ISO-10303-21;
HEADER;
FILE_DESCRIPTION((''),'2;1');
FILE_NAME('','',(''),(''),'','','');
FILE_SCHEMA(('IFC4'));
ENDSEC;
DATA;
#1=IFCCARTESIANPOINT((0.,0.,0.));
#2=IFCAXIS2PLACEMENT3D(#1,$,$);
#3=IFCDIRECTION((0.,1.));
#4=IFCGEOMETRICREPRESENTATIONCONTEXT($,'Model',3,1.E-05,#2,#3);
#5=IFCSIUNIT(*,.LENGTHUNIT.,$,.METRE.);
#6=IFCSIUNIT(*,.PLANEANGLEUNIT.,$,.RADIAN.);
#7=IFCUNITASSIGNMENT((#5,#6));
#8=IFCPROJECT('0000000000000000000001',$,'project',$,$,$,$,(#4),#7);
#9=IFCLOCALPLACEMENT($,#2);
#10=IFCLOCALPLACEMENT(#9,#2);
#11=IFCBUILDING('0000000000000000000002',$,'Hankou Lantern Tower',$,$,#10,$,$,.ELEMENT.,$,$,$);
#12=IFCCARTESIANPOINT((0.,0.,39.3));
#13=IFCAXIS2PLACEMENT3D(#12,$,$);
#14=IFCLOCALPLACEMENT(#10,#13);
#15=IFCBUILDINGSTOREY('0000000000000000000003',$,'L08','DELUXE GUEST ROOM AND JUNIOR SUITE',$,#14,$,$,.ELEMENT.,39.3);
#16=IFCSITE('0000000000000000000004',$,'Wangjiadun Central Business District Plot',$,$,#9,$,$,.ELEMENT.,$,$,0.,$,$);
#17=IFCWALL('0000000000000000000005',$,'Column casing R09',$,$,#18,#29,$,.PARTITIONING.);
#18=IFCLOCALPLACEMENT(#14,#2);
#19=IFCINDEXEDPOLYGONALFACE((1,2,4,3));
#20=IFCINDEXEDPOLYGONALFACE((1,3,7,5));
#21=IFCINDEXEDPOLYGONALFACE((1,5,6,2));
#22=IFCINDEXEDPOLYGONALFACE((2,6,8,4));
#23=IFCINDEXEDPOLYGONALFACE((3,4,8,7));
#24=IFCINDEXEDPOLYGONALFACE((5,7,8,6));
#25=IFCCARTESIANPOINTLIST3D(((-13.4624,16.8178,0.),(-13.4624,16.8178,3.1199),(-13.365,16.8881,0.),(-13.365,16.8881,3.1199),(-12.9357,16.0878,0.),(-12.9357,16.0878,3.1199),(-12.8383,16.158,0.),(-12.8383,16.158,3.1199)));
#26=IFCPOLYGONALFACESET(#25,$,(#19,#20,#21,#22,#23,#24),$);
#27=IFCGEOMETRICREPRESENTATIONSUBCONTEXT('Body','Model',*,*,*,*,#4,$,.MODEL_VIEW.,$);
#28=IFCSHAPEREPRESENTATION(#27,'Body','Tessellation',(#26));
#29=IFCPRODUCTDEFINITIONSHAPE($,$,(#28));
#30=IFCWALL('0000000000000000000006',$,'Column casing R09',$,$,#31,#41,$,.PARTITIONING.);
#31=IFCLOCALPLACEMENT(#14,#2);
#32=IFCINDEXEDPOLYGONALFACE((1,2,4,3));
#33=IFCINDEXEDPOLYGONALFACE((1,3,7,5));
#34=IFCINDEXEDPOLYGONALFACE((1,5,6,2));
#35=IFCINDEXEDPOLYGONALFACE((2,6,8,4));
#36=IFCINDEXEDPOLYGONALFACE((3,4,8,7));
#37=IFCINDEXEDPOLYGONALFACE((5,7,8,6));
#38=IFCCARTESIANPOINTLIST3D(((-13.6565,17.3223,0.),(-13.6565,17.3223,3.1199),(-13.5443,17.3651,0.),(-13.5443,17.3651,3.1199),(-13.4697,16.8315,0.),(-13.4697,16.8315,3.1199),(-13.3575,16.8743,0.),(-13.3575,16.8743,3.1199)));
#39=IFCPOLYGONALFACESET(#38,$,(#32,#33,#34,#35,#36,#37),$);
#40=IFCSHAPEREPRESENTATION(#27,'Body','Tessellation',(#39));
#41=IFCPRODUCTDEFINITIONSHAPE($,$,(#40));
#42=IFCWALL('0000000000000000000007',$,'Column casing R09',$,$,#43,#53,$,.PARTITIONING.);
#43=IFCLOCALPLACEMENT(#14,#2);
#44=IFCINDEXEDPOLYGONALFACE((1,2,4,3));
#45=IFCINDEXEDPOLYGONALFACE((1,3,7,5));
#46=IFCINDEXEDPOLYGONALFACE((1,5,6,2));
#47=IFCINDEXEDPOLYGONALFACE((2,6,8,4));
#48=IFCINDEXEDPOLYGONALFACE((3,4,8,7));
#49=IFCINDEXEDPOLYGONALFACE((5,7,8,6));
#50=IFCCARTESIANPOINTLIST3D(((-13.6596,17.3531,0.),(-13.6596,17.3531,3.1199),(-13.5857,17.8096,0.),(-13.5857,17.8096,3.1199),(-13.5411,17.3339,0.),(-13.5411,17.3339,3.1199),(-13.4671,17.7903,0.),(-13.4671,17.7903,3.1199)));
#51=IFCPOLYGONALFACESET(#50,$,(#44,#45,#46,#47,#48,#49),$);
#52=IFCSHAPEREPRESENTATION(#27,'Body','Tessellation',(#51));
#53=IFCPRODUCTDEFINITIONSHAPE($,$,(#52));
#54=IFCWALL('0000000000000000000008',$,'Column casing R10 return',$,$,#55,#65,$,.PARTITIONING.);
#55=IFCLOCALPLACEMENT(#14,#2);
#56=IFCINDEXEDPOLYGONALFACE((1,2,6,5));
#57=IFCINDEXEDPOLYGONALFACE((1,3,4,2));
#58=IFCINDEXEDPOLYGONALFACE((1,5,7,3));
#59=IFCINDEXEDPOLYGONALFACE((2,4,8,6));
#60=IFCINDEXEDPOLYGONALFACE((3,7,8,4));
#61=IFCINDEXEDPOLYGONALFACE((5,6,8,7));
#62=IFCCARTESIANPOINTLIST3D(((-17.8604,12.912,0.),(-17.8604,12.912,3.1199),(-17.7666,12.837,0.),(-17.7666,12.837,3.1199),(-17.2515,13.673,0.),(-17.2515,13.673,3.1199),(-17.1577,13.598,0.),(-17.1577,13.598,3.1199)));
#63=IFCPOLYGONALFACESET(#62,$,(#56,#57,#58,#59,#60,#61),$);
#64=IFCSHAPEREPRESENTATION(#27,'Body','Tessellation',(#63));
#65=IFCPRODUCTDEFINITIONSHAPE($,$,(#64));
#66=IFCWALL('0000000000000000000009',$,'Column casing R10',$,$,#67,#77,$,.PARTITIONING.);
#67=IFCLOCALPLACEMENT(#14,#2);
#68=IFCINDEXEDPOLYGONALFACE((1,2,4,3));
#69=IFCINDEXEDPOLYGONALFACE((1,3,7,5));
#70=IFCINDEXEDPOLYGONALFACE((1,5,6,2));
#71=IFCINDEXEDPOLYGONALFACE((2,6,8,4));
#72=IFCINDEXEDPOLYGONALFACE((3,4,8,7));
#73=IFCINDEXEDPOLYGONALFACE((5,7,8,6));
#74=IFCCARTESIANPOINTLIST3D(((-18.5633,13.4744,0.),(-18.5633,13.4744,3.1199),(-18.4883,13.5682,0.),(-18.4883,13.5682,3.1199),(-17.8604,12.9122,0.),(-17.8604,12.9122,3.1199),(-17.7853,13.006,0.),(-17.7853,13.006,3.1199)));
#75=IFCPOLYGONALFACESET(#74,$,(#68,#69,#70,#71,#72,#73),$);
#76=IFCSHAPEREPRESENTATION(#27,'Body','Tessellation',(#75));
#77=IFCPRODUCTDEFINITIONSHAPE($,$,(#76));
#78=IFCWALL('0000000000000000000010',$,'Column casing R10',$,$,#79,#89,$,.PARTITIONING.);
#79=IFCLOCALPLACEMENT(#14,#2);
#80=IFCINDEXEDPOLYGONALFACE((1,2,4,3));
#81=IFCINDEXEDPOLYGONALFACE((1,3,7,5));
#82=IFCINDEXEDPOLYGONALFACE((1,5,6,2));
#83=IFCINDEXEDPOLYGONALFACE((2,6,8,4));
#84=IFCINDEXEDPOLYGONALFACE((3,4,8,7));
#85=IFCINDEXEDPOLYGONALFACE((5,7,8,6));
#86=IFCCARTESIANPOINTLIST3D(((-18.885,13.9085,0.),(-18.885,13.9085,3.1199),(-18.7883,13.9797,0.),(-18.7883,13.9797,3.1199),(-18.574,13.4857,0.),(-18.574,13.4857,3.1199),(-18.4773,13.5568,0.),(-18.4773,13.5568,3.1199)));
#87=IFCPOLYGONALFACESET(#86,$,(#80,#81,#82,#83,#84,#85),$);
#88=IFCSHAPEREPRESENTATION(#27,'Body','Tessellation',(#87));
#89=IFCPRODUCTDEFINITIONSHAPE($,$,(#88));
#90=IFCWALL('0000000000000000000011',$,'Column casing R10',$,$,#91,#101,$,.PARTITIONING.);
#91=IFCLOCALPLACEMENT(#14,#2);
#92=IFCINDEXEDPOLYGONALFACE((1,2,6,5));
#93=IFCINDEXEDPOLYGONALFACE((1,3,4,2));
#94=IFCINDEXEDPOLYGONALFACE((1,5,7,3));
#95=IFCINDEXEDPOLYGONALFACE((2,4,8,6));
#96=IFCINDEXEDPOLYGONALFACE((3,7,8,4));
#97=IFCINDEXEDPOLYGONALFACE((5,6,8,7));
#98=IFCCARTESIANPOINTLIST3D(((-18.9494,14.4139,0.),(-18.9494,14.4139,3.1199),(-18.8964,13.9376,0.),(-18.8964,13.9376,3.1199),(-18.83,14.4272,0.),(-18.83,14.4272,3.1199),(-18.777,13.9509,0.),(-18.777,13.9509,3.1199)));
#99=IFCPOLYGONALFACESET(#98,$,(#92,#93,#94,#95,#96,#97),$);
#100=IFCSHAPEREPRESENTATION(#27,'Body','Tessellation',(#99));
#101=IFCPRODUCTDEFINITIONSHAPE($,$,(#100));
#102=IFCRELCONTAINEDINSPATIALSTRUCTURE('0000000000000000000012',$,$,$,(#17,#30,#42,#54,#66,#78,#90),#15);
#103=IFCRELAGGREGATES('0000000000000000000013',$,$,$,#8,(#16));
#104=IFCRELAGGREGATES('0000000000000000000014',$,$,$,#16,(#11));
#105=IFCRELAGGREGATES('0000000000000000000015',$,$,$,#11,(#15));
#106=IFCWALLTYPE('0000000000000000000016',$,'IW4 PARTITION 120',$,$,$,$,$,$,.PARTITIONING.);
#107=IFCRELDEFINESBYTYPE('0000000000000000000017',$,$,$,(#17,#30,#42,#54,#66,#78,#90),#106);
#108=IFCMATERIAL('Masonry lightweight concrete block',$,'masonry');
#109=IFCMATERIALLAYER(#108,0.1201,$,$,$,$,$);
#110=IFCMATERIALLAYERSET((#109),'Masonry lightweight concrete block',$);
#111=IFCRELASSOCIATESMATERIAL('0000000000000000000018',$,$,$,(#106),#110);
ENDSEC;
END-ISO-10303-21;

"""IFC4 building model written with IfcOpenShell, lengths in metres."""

from ifc_helpers import new_model, si_unit, direction, frame, frame_2d, origin, place, context, subcontext, project, spatial, rectangle, extrude, material, layer, layer_set, type_object, element, save


model = new_model("IFC4")

# Units and contexts
model_context = context("Model", 3, precision=1e-05, world=origin(), true_north=direction((0.0, 1.0)))
body_context = subcontext(model_context, "Body", "Model", "MODEL_VIEW")
ifc_project = project(units=[si_unit("LENGTHUNIT", "METRE"), si_unit("PLANEANGLEUNIT", "RADIAN")], contexts=[model_context])

# Site, building, storey
site_placement = place(None, origin())
site = spatial("IfcSite", under=ifc_project, at=site_placement, Name="Wangjiadun Central Business District Plot", CompositionType="ELEMENT", RefElevation=0.0)
building_placement = place(site_placement, origin())
building = spatial("IfcBuilding", under=site, at=building_placement, Name="Hankou Lantern Tower", CompositionType="ELEMENT")
storey_placement = place(building_placement, frame((0.0, 0.0, 39.3)))
storey = spatial("IfcBuildingStorey", under=building, at=storey_placement, Name="L08", Description="DELUXE GUEST ROOM AND JUNIOR SUITE", CompositionType="ELEMENT", Elevation=39.3)

# Walls
ifc_material_1 = material(Name="Masonry lightweight concrete block", Category="masonry")
ifc_layer_1 = layer(ifc_material_1, 0.1201)
ifc_layer_set_1 = layer_set([ifc_layer_1], Name="Masonry lightweight concrete block")
wall_type_1 = type_object("IfcWallType", Name="IW4 PARTITION 120", PredefinedType="PARTITIONING", material=ifc_layer_set_1)
wall_1_placement = place(storey_placement, frame((-12.887, 16.1228, 0.0), z_axis=(0.0, 0.0, 1.0), x_axis=(-0.585055, 0.810994, 0.0)))
element("IfcWall", 1, at=wall_1_placement, inside=storey, type_object=wall_type_1, Name="Column casing R09", PredefinedType="PARTITIONING", context=body_context, shape_type="SweptSolid", body=[
    extrude(rectangle(XDim=0.9001, YDim=0.1201, at=frame_2d((0.4502, 0.0))), origin(), (0.0, 0.0, 1.0), 3.1199),
])
wall_2_placement = place(storey_placement, frame((-13.4136, 16.8528, 0.0), z_axis=(0.0, 0.0, 1.0), x_axis=(-0.355705, 0.934598, 0.0)))
element("IfcWall", 2, at=wall_2_placement, inside=storey, type_object=wall_type_1, Name="Column casing R09", PredefinedType="PARTITIONING", context=body_context, shape_type="SweptSolid", body=[
    extrude(rectangle(XDim=0.5251, YDim=0.1201, at=frame_2d((0.2627, 0.0))), origin(), (0.0, 0.0, 1.0), 3.1199),
])
wall_3_placement = place(storey_placement, frame((-13.6003, 17.3435, 0.0), z_axis=(0.0, 0.0, 1.0), x_axis=(0.159946, 0.987126, 0.0)))
element("IfcWall", 3, at=wall_3_placement, inside=storey, type_object=wall_type_1, Name="Column casing R09", PredefinedType="PARTITIONING", context=body_context, shape_type="SweptSolid", body=[
    extrude(rectangle(XDim=0.4624, YDim=0.1201, at=frame_2d((0.2312, 0.0))), origin(), (0.0, 0.0, 1.0), 3.1199),
])
wall_4_placement = place(storey_placement, frame((-17.2046, 13.6355, 0.0), z_axis=(0.0, 0.0, 1.0), x_axis=(-0.624756, -0.78082, 0.0)))
element("IfcWall", 4, at=wall_4_placement, inside=storey, type_object=wall_type_1, Name="Column casing R10 return", PredefinedType="PARTITIONING", context=body_context, shape_type="SweptSolid", body=[
    extrude(rectangle(XDim=0.9746, YDim=0.1201, at=frame_2d((0.4873, 0.0))), origin(), (0.0, 0.0, 1.0), 3.1199),
])
wall_5_placement = place(storey_placement, frame((-17.8228, 12.959, 0.0), z_axis=(0.0, 0.0, 1.0), x_axis=(-0.780895, 0.624662, 0.0)))
element("IfcWall", 5, at=wall_5_placement, inside=storey, type_object=wall_type_1, Name="Column casing R10", PredefinedType="PARTITIONING", context=body_context, shape_type="SweptSolid", body=[
    extrude(rectangle(XDim=0.9001, YDim=0.1201, at=frame_2d((0.4502, 0.0))), origin(), (0.0, 0.0, 1.0), 3.1199),
])
wall_6_placement = place(storey_placement, frame((-18.5256, 13.5212, 0.0), z_axis=(0.0, 0.0, 1.0), x_axis=(-0.592533, 0.805547, 0.0)))
element("IfcWall", 6, at=wall_6_placement, inside=storey, type_object=wall_type_1, Name="Column casing R10", PredefinedType="PARTITIONING", context=body_context, shape_type="SweptSolid", body=[
    extrude(rectangle(XDim=0.5249, YDim=0.1201, at=frame_2d((0.2625, 0.0))), origin(), (0.0, 0.0, 1.0), 3.1199),
])
wall_7_placement = place(storey_placement, frame((-18.8367, 13.9441, 0.0), z_axis=(0.0, 0.0, 1.0), x_axis=(-0.110543, 0.993871, 0.0)))
element("IfcWall", 7, at=wall_7_placement, inside=storey, type_object=wall_type_1, Name="Column casing R10", PredefinedType="PARTITIONING", context=body_context, shape_type="SweptSolid", body=[
    extrude(rectangle(XDim=0.4792, YDim=0.1201, at=frame_2d((0.2397, 0.0))), origin(), (0.0, 0.0, 1.0), 3.1199),
])

save(model, "model.ifc")
